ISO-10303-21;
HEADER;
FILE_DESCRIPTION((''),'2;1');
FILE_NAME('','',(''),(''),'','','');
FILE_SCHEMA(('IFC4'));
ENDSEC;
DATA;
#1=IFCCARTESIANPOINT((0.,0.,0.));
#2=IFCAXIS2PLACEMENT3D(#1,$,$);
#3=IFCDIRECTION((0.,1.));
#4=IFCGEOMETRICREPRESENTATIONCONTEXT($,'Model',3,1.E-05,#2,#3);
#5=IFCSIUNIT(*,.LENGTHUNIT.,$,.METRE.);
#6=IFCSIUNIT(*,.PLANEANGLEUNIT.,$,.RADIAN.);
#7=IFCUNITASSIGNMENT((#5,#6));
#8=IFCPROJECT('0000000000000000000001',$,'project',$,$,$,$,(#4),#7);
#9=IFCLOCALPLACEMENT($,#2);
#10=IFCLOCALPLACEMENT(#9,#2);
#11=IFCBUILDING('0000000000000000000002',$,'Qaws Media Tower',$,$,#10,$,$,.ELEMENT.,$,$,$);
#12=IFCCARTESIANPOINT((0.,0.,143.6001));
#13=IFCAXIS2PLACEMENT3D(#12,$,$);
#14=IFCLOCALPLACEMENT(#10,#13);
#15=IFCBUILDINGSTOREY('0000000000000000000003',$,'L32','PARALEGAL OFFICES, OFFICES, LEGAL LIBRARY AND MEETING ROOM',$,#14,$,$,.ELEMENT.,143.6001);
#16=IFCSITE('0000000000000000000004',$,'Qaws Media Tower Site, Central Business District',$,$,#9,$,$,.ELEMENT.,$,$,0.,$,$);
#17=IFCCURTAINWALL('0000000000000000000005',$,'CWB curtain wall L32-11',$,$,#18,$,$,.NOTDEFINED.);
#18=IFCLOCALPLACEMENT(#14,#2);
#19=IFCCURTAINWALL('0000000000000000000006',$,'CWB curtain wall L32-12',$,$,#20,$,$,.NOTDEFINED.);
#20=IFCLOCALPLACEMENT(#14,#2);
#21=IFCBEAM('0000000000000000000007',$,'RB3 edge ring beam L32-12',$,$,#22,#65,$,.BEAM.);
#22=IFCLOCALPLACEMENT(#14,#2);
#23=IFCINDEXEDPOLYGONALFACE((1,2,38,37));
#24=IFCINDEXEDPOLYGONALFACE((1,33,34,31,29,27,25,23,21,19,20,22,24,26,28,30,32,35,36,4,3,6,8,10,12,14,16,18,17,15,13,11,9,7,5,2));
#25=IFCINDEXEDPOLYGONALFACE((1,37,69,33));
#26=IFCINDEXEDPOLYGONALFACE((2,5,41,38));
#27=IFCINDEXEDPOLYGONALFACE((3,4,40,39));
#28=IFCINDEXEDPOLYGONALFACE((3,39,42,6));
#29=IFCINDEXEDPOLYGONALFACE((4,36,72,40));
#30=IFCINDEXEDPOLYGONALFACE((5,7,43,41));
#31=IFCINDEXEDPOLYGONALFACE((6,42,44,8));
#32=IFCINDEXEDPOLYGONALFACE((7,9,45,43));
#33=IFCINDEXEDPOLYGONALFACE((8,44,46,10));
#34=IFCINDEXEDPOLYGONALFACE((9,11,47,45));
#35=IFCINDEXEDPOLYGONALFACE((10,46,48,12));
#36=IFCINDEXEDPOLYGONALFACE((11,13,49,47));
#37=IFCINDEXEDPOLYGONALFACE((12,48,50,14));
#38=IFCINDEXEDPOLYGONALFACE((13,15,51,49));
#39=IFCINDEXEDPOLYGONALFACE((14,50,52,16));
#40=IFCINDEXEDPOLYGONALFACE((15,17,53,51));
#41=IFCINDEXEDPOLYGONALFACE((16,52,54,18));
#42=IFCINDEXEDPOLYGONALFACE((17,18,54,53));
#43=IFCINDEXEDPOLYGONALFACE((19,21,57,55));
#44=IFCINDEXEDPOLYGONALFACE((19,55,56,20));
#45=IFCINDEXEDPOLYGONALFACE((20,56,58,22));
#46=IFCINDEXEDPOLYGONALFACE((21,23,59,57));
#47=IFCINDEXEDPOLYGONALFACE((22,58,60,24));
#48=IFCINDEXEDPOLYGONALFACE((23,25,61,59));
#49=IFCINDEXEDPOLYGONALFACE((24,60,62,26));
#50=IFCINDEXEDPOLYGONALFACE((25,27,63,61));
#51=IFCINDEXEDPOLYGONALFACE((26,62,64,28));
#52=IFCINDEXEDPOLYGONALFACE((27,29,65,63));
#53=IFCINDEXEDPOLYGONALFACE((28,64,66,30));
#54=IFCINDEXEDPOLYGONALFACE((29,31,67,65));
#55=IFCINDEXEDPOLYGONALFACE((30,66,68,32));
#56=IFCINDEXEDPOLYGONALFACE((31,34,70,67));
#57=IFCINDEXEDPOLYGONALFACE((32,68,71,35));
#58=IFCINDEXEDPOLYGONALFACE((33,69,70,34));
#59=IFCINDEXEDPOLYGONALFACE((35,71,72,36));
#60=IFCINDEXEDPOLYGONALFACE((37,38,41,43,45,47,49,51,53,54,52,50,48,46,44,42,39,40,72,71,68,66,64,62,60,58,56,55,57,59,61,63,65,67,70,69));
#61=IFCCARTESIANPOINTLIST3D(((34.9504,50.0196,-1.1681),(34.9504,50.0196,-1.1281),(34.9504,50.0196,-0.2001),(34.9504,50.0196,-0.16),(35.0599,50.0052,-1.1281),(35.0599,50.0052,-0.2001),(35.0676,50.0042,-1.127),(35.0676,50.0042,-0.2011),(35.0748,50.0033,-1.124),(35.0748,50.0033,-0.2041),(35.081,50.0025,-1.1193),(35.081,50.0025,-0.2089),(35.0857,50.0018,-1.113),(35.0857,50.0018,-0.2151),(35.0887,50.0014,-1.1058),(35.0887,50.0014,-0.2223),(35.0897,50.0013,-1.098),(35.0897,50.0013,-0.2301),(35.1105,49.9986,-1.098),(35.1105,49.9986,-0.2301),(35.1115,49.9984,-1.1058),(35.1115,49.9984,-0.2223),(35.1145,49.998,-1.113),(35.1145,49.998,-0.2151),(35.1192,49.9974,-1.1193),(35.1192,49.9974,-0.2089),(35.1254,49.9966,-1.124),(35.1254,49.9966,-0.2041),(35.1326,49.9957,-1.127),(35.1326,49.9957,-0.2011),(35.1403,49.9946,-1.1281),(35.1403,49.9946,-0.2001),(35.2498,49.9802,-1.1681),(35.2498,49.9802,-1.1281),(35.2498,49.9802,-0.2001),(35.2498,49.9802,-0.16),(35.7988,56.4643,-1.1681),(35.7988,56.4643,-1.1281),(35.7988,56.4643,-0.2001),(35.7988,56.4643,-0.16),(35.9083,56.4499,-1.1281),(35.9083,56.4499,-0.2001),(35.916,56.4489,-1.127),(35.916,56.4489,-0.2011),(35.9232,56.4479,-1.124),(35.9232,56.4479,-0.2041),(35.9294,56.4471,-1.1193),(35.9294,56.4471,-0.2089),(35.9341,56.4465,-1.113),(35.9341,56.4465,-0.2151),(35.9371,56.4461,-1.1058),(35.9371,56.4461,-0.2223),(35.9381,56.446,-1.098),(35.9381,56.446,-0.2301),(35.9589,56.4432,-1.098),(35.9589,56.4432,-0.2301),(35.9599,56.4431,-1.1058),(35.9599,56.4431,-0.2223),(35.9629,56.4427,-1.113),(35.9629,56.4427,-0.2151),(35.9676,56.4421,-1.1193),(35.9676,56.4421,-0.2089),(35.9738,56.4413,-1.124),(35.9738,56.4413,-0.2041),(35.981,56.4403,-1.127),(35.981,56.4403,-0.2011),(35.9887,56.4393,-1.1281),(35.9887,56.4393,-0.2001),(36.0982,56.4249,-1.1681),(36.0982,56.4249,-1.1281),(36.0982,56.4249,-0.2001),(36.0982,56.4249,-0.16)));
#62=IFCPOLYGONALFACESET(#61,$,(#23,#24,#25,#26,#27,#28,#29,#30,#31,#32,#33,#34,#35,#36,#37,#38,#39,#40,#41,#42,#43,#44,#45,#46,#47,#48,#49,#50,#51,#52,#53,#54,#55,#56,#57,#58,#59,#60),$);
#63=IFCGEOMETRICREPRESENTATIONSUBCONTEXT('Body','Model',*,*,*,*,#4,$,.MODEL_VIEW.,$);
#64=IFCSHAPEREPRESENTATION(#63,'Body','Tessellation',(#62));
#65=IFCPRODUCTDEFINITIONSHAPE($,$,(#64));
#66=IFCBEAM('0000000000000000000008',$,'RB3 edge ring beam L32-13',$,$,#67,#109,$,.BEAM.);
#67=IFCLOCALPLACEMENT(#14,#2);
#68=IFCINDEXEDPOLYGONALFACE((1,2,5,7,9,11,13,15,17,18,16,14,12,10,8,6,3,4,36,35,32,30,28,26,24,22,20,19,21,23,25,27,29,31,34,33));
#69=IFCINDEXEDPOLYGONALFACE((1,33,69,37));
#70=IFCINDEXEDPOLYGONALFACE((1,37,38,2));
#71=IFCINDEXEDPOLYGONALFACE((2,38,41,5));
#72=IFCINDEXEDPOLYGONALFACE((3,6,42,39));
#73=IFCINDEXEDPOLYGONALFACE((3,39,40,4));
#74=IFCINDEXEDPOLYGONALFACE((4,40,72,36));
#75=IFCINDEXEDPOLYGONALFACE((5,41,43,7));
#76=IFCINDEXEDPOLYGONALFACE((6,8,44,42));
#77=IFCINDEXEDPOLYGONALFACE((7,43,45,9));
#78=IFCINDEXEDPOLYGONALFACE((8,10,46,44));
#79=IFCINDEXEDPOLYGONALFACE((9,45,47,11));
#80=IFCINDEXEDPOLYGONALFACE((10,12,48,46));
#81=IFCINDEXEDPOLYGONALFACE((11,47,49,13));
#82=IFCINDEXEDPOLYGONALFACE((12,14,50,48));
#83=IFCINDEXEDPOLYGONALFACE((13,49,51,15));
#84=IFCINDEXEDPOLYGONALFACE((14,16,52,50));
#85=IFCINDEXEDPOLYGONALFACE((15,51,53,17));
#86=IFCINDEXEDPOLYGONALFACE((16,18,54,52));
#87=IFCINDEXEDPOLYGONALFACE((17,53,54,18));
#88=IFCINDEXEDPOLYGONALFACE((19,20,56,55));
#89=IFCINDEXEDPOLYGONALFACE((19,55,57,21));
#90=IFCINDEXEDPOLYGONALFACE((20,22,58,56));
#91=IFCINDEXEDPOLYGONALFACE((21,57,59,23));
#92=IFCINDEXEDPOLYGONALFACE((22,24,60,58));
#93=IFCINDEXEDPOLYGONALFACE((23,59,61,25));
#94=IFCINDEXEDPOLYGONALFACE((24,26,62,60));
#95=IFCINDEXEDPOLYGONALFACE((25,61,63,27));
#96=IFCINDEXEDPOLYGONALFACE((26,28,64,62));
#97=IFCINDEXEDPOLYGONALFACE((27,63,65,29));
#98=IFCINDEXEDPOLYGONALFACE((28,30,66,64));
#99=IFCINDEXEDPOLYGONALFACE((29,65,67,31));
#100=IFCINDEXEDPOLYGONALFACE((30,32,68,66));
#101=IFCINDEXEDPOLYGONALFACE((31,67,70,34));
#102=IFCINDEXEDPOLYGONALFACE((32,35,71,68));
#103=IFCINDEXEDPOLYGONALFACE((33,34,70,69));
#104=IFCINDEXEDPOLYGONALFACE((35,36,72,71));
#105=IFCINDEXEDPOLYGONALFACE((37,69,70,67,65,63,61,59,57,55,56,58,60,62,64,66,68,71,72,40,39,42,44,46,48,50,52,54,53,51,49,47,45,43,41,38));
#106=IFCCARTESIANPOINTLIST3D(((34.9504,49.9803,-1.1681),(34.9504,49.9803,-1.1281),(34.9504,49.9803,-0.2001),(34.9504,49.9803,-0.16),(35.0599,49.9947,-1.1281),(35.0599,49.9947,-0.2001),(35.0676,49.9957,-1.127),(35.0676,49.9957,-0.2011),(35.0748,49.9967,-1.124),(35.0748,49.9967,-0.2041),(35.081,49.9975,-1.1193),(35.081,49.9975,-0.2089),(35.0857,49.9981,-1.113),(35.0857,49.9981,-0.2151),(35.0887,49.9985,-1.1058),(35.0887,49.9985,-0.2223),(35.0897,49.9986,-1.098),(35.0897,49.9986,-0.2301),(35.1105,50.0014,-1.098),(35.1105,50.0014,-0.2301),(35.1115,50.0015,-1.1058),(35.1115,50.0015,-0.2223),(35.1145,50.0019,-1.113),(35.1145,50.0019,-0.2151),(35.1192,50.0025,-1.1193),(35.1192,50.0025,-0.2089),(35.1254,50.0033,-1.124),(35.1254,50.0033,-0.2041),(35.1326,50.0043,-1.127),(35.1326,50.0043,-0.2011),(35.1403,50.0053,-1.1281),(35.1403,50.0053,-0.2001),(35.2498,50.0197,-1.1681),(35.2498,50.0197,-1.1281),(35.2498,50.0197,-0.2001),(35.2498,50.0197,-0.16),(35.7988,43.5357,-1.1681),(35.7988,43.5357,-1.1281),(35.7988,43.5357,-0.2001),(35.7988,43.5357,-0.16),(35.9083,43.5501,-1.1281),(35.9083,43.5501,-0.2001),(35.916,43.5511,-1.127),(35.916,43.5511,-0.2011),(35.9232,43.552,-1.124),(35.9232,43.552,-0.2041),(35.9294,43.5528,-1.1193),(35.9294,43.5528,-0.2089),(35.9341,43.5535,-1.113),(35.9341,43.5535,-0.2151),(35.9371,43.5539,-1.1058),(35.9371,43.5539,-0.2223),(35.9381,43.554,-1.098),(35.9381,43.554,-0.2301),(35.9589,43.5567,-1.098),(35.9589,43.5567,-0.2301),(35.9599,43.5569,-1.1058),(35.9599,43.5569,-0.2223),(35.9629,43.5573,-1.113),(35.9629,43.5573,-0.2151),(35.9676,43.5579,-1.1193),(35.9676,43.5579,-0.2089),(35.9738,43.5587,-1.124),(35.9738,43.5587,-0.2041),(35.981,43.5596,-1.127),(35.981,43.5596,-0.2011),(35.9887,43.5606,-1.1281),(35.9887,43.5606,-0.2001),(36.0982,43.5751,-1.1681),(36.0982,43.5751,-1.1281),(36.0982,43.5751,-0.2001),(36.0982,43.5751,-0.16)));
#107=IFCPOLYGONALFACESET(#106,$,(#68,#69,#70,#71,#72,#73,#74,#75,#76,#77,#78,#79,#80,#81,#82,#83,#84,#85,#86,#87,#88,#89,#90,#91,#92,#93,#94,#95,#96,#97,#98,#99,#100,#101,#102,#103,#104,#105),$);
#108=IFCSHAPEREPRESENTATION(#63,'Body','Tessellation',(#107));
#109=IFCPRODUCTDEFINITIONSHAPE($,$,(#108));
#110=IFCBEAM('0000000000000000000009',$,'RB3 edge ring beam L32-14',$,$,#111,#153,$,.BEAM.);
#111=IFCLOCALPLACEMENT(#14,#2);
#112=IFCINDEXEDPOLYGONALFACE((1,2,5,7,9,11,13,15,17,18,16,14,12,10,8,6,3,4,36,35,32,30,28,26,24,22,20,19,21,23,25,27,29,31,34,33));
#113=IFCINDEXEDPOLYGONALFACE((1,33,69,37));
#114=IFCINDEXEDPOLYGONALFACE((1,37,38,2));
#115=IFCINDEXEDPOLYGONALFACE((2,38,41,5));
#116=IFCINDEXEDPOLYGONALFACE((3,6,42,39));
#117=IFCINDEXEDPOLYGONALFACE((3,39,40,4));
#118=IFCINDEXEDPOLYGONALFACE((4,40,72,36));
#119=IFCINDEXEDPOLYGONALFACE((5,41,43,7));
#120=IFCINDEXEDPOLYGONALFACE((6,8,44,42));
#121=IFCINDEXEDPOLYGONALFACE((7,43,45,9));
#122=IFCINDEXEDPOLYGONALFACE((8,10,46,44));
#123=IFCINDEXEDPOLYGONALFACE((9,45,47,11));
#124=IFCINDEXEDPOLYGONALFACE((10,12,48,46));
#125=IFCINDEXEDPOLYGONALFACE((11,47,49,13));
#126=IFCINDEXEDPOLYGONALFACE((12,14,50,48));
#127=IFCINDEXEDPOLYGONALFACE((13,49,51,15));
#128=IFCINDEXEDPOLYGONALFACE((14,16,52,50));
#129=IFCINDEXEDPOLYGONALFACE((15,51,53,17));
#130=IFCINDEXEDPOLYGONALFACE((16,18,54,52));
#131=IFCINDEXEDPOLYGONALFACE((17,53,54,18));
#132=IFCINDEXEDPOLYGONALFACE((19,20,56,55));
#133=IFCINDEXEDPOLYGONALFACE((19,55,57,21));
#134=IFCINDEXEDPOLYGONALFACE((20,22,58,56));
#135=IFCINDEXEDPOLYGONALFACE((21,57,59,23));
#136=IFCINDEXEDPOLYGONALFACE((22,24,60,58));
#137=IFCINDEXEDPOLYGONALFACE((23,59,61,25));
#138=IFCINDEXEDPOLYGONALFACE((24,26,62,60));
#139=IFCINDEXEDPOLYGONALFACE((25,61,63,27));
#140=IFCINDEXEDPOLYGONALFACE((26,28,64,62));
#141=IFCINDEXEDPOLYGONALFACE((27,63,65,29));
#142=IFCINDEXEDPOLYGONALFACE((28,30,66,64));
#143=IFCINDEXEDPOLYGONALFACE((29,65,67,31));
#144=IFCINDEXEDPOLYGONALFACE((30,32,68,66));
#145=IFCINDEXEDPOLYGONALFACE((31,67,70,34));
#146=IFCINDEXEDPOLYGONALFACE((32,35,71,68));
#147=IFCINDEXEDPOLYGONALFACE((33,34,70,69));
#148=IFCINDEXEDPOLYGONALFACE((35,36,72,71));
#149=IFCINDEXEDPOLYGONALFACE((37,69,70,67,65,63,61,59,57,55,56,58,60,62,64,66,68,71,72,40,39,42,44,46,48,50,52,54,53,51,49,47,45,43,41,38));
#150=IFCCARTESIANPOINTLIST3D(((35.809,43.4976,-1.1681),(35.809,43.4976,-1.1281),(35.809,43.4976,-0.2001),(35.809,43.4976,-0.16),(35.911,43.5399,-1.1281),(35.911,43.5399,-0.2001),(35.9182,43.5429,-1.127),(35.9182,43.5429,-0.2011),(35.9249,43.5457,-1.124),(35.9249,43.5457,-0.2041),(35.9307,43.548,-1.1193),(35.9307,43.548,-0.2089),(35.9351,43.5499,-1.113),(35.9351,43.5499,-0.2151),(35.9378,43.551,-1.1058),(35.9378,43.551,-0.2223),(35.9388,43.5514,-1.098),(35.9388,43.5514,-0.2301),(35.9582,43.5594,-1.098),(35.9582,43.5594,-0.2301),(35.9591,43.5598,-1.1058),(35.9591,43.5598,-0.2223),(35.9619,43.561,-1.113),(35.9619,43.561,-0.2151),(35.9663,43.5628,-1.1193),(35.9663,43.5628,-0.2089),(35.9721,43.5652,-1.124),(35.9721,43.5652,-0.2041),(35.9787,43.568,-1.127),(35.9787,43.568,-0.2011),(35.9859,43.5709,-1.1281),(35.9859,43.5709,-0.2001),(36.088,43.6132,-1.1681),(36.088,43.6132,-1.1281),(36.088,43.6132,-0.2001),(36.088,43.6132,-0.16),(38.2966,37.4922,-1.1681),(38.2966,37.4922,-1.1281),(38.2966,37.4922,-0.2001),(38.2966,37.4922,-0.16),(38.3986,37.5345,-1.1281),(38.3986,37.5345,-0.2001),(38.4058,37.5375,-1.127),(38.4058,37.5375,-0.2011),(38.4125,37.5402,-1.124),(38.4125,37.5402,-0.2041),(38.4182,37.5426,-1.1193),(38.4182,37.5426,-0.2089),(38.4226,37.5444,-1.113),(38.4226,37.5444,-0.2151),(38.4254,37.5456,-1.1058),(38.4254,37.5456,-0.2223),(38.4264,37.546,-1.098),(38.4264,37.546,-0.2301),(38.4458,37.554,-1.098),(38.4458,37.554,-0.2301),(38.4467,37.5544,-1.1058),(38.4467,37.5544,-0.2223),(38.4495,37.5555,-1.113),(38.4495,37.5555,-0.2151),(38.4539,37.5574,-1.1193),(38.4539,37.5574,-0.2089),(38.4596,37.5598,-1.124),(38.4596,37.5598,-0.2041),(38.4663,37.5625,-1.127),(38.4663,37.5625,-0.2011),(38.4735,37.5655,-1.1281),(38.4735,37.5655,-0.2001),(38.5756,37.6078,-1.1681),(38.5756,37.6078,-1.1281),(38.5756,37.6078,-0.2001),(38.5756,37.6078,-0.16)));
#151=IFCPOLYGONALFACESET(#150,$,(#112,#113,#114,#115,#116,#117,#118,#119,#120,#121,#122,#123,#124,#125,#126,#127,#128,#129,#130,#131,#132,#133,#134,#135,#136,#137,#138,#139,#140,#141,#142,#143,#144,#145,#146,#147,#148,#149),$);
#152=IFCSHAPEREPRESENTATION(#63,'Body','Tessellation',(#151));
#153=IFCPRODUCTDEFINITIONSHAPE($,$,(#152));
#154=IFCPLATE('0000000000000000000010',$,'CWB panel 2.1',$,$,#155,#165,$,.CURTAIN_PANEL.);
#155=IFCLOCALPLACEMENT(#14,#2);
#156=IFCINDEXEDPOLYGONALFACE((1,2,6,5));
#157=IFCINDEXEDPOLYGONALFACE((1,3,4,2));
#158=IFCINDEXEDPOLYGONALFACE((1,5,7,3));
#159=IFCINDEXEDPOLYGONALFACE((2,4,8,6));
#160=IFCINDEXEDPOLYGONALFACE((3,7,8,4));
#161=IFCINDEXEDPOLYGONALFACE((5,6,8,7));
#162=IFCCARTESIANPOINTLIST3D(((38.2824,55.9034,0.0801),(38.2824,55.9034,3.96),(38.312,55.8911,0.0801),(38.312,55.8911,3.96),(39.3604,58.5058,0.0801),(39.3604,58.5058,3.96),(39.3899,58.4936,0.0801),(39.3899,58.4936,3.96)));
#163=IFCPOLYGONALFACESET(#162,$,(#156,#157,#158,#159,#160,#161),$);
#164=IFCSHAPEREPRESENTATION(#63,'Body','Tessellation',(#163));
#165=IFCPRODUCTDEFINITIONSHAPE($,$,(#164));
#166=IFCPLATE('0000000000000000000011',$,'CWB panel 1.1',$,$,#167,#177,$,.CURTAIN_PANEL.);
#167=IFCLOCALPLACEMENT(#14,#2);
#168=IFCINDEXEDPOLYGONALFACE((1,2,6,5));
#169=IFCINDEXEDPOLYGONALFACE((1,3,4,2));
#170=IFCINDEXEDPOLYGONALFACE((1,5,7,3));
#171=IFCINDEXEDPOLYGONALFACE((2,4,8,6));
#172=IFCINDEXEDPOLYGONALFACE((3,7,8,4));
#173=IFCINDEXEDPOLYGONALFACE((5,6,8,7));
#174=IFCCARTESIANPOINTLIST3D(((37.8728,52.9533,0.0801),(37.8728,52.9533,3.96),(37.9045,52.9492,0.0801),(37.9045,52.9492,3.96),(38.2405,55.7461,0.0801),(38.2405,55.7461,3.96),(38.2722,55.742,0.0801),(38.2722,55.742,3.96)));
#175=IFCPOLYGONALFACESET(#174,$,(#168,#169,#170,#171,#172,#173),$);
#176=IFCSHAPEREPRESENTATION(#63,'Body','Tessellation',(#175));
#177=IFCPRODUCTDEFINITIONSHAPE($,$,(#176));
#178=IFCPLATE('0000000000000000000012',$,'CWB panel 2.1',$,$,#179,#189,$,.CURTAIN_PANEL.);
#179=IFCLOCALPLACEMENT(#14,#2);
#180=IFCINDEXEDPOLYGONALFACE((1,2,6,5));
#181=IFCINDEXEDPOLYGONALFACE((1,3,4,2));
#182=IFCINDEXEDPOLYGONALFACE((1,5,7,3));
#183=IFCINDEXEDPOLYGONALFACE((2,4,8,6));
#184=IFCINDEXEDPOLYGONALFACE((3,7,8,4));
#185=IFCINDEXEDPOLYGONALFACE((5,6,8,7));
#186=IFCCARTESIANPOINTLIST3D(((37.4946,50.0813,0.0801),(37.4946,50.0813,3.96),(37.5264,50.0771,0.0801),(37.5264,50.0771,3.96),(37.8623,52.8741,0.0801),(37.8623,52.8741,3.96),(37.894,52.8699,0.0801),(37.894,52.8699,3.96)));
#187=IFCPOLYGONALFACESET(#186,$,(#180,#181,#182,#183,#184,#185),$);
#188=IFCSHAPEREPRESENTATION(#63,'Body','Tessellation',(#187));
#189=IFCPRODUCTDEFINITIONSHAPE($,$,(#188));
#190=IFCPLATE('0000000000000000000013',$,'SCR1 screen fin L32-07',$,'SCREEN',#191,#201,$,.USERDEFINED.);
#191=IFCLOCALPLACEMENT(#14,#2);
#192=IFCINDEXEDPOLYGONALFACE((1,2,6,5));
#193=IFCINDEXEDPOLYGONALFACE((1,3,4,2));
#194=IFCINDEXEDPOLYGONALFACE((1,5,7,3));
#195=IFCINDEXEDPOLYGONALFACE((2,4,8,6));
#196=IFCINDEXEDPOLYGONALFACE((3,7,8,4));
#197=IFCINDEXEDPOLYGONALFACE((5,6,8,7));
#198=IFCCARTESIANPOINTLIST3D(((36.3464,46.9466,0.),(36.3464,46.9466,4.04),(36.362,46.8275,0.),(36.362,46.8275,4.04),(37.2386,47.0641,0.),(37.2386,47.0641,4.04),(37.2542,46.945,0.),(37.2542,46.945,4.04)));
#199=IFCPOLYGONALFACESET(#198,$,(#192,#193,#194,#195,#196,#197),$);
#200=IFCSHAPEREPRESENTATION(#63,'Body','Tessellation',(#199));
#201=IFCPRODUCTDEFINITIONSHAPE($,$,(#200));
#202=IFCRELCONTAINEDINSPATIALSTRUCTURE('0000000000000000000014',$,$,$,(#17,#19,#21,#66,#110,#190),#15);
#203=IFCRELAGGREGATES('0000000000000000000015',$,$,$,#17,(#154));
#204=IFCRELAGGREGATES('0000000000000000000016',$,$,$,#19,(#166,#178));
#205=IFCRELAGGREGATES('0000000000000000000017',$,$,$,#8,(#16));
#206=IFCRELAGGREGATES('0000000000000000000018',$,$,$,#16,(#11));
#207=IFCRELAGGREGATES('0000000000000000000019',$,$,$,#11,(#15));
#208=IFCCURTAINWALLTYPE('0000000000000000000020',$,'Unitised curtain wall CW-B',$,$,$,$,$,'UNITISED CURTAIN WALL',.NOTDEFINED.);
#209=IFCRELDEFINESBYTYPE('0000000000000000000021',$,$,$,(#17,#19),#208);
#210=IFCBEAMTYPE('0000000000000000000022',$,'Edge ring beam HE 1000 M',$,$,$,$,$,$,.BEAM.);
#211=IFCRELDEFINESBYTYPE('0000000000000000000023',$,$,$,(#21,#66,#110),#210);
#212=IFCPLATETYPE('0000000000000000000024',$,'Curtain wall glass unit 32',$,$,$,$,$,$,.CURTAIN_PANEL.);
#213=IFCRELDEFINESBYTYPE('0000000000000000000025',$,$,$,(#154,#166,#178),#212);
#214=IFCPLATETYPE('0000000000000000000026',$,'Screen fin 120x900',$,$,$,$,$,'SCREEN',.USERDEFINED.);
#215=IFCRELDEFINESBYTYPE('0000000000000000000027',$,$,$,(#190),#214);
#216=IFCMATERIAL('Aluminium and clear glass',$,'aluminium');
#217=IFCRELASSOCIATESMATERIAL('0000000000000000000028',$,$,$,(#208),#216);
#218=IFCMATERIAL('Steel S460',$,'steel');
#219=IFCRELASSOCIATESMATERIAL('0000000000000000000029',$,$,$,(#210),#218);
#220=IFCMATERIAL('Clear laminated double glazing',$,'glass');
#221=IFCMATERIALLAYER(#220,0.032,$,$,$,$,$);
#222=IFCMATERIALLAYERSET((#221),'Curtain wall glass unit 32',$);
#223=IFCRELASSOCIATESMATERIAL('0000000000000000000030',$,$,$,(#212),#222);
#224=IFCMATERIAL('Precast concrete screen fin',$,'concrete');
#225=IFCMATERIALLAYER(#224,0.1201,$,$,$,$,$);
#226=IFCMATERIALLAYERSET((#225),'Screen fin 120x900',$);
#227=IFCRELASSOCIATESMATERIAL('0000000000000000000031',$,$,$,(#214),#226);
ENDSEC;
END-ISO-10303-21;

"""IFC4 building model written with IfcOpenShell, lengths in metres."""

from ifc_helpers import new_model, si_unit, direction, frame, origin, origin_2d, place, context, subcontext, project, spatial, rectangle, i_section, extrude, material, layer, layer_set, material_profile, profile_set, type_object, element, aggregate, save


model = new_model("IFC4")

# Units and contexts
model_context = context("Model", 3, precision=1e-05, world=origin(), true_north=direction((0.0, 1.0)))
body_context = subcontext(model_context, "Body", "Model", "MODEL_VIEW")
ifc_project = project(units=[si_unit("LENGTHUNIT", "METRE"), si_unit("PLANEANGLEUNIT", "RADIAN")], contexts=[model_context])

# Site, building, storey
site_placement = place(None, origin())
site = spatial("IfcSite", under=ifc_project, at=site_placement, Name="Qaws Media Tower Site, Central Business District", CompositionType="ELEMENT", RefElevation=0.0)
building_placement = place(site_placement, origin())
building = spatial("IfcBuilding", under=site, at=building_placement, Name="Qaws Media Tower", CompositionType="ELEMENT")
storey_placement = place(building_placement, frame((0.0, 0.0, 143.6001)))
storey = spatial("IfcBuildingStorey", under=building, at=storey_placement, Name="L32", Description="PARALEGAL OFFICES, OFFICES, LEGAL LIBRARY AND MEETING ROOM", CompositionType="ELEMENT", Elevation=143.6001)

# Curtain wall
ifc_material_1 = material(Name="Aluminium and clear glass", Category="aluminium")
curtain_wall_type = type_object("IfcCurtainWallType", Name="Unitised curtain wall CW-B", ElementType="UNITISED CURTAIN WALL", PredefinedType="NOTDEFINED", material=ifc_material_1)
curtain_wall_1_placement = place(storey_placement, origin())
curtain_wall_1 = element("IfcCurtainWall", 1, at=curtain_wall_1_placement, inside=storey, type_object=curtain_wall_type, Name="CWB curtain wall L32-11", PredefinedType="NOTDEFINED")

# Curtain wall
curtain_wall_2_placement = place(storey_placement, origin())
curtain_wall_2 = element("IfcCurtainWall", 2, at=curtain_wall_2_placement, inside=storey, type_object=curtain_wall_type, Name="CWB curtain wall L32-12", PredefinedType="NOTDEFINED")

# Beams
ifc_material_2 = material(Name="Steel S460", Category="steel")
ifc_material_profile_1 = material_profile(ifc_material_2, i_section(OverallWidth=0.302, OverallDepth=1.0081, WebThickness=0.021, FlangeThickness=0.04, FilletRadius=0.03, at=origin_2d()), Name="HE 1000 M")
ifc_profile_set_1 = profile_set([ifc_material_profile_1], Name="Steel S460")
beam_type = type_object("IfcBeamType", Name="Edge ring beam HE 1000 M", PredefinedType="BEAM", material=ifc_profile_set_1)
for number, where, z_axis, x_axis, name in (
    (3, (35.9485, 56.4446, -0.6641), (-0.130518, -0.991446, 0.0), (0.991446, -0.130518, 0.0), "RB3 edge ring beam L32-12"),
    (4, (35.1001, 50.0, -0.6641), (0.130518, -0.991446, 0.0), (0.991446, 0.130518, 0.0), "RB3 edge ring beam L32-13"),
    (5, (35.9485, 43.5554, -0.6641), (0.382689, -0.923877, 0.0), (0.923877, 0.382689, 0.0), "RB3 edge ring beam L32-14"),
):
    element("IfcBeam", number, at=place(storey_placement, frame(where, z_axis=z_axis, x_axis=x_axis)), inside=storey, type_object=beam_type, Name=name, PredefinedType="BEAM", context=body_context, shape_type="SweptSolid", body=[
        extrude(i_section(OverallWidth=0.302, OverallDepth=1.0081, WebThickness=0.021, FlangeThickness=0.04, FilletRadius=0.03, at=origin_2d()), origin(), (0.0, 0.0, 1.0), 6.5002),
    ])

# Plates
ifc_material_3 = material(Name="Clear laminated double glazing", Category="glass")
ifc_layer_1 = layer(ifc_material_3, 0.032)
ifc_layer_set_1 = layer_set([ifc_layer_1], Name="Curtain wall glass unit 32")
plate_type_1 = type_object("IfcPlateType", Name="Curtain wall glass unit 32", PredefinedType="CURTAIN_PANEL", material=ifc_layer_set_1)
plate_1_placement = place(storey_placement, frame((38.8362, 57.1985, 0.0801), z_axis=(0.0, 0.0, 1.0), x_axis=(-0.382683, -0.92388, 0.0)))
plate_1 = element("IfcPlate", 6, at=plate_1_placement, type_object=plate_type_1, Name="CWB panel 2.1", PredefinedType="CURTAIN_PANEL", context=body_context, shape_type="SweptSolid", body=[
    extrude(rectangle(XDim=2.8169, YDim=0.032, at=origin_2d()), origin(), (0.0, 0.0, 1.0), 3.8799),
])
aggregate(curtain_wall_1, [plate_1])
plate_2_placement = place(storey_placement, frame((38.0725, 54.3477, 0.0801), z_axis=(0.0, 0.0, 1.0), x_axis=(-0.130526, -0.991445, 0.0)))
plate_2 = element("IfcPlate", 7, at=plate_2_placement, type_object=plate_type_1, Name="CWB panel 1.1", PredefinedType="CURTAIN_PANEL", context=body_context, shape_type="SweptSolid", body=[
    extrude(rectangle(XDim=2.8169, YDim=0.032, at=origin_2d()), origin(), (0.0, 0.0, 1.0), 3.8799),
])
plate_3_placement = place(storey_placement, frame((37.6943, 51.4756, 0.0801), z_axis=(0.0, 0.0, 1.0), x_axis=(-0.130526, -0.991445, 0.0)))
plate_3 = element("IfcPlate", 8, at=plate_3_placement, type_object=plate_type_1, Name="CWB panel 2.1", PredefinedType="CURTAIN_PANEL", context=body_context, shape_type="SweptSolid", body=[
    extrude(rectangle(XDim=2.8169, YDim=0.032, at=origin_2d()), origin(), (0.0, 0.0, 1.0), 3.8799),
])
aggregate(curtain_wall_2, [plate_2, plate_3])
ifc_material_4 = material(Name="Precast concrete screen fin", Category="concrete")
ifc_layer_2 = layer(ifc_material_4, 0.1201)
ifc_layer_set_2 = layer_set([ifc_layer_2], Name="Screen fin 120x900")
plate_type_2 = type_object("IfcPlateType", Name="Screen fin 120x900", ElementType="SCREEN", PredefinedType="USERDEFINED", material=ifc_layer_set_2)
plate_4_placement = place(storey_placement, frame((36.8003, 46.9458, 0.0), z_axis=(0.0, 0.0, 1.0), x_axis=(-0.991445, -0.130526, 0.0)))
element("IfcPlate", 9, at=plate_4_placement, inside=storey, type_object=plate_type_2, Name="SCR1 screen fin L32-07", ObjectType="SCREEN", PredefinedType="USERDEFINED", context=body_context, shape_type="SweptSolid", body=[
    extrude(rectangle(XDim=0.8999, YDim=0.1201, at=origin_2d()), origin(), (0.0, 0.0, 1.0), 4.04),
])

save(model, "model.ifc")
